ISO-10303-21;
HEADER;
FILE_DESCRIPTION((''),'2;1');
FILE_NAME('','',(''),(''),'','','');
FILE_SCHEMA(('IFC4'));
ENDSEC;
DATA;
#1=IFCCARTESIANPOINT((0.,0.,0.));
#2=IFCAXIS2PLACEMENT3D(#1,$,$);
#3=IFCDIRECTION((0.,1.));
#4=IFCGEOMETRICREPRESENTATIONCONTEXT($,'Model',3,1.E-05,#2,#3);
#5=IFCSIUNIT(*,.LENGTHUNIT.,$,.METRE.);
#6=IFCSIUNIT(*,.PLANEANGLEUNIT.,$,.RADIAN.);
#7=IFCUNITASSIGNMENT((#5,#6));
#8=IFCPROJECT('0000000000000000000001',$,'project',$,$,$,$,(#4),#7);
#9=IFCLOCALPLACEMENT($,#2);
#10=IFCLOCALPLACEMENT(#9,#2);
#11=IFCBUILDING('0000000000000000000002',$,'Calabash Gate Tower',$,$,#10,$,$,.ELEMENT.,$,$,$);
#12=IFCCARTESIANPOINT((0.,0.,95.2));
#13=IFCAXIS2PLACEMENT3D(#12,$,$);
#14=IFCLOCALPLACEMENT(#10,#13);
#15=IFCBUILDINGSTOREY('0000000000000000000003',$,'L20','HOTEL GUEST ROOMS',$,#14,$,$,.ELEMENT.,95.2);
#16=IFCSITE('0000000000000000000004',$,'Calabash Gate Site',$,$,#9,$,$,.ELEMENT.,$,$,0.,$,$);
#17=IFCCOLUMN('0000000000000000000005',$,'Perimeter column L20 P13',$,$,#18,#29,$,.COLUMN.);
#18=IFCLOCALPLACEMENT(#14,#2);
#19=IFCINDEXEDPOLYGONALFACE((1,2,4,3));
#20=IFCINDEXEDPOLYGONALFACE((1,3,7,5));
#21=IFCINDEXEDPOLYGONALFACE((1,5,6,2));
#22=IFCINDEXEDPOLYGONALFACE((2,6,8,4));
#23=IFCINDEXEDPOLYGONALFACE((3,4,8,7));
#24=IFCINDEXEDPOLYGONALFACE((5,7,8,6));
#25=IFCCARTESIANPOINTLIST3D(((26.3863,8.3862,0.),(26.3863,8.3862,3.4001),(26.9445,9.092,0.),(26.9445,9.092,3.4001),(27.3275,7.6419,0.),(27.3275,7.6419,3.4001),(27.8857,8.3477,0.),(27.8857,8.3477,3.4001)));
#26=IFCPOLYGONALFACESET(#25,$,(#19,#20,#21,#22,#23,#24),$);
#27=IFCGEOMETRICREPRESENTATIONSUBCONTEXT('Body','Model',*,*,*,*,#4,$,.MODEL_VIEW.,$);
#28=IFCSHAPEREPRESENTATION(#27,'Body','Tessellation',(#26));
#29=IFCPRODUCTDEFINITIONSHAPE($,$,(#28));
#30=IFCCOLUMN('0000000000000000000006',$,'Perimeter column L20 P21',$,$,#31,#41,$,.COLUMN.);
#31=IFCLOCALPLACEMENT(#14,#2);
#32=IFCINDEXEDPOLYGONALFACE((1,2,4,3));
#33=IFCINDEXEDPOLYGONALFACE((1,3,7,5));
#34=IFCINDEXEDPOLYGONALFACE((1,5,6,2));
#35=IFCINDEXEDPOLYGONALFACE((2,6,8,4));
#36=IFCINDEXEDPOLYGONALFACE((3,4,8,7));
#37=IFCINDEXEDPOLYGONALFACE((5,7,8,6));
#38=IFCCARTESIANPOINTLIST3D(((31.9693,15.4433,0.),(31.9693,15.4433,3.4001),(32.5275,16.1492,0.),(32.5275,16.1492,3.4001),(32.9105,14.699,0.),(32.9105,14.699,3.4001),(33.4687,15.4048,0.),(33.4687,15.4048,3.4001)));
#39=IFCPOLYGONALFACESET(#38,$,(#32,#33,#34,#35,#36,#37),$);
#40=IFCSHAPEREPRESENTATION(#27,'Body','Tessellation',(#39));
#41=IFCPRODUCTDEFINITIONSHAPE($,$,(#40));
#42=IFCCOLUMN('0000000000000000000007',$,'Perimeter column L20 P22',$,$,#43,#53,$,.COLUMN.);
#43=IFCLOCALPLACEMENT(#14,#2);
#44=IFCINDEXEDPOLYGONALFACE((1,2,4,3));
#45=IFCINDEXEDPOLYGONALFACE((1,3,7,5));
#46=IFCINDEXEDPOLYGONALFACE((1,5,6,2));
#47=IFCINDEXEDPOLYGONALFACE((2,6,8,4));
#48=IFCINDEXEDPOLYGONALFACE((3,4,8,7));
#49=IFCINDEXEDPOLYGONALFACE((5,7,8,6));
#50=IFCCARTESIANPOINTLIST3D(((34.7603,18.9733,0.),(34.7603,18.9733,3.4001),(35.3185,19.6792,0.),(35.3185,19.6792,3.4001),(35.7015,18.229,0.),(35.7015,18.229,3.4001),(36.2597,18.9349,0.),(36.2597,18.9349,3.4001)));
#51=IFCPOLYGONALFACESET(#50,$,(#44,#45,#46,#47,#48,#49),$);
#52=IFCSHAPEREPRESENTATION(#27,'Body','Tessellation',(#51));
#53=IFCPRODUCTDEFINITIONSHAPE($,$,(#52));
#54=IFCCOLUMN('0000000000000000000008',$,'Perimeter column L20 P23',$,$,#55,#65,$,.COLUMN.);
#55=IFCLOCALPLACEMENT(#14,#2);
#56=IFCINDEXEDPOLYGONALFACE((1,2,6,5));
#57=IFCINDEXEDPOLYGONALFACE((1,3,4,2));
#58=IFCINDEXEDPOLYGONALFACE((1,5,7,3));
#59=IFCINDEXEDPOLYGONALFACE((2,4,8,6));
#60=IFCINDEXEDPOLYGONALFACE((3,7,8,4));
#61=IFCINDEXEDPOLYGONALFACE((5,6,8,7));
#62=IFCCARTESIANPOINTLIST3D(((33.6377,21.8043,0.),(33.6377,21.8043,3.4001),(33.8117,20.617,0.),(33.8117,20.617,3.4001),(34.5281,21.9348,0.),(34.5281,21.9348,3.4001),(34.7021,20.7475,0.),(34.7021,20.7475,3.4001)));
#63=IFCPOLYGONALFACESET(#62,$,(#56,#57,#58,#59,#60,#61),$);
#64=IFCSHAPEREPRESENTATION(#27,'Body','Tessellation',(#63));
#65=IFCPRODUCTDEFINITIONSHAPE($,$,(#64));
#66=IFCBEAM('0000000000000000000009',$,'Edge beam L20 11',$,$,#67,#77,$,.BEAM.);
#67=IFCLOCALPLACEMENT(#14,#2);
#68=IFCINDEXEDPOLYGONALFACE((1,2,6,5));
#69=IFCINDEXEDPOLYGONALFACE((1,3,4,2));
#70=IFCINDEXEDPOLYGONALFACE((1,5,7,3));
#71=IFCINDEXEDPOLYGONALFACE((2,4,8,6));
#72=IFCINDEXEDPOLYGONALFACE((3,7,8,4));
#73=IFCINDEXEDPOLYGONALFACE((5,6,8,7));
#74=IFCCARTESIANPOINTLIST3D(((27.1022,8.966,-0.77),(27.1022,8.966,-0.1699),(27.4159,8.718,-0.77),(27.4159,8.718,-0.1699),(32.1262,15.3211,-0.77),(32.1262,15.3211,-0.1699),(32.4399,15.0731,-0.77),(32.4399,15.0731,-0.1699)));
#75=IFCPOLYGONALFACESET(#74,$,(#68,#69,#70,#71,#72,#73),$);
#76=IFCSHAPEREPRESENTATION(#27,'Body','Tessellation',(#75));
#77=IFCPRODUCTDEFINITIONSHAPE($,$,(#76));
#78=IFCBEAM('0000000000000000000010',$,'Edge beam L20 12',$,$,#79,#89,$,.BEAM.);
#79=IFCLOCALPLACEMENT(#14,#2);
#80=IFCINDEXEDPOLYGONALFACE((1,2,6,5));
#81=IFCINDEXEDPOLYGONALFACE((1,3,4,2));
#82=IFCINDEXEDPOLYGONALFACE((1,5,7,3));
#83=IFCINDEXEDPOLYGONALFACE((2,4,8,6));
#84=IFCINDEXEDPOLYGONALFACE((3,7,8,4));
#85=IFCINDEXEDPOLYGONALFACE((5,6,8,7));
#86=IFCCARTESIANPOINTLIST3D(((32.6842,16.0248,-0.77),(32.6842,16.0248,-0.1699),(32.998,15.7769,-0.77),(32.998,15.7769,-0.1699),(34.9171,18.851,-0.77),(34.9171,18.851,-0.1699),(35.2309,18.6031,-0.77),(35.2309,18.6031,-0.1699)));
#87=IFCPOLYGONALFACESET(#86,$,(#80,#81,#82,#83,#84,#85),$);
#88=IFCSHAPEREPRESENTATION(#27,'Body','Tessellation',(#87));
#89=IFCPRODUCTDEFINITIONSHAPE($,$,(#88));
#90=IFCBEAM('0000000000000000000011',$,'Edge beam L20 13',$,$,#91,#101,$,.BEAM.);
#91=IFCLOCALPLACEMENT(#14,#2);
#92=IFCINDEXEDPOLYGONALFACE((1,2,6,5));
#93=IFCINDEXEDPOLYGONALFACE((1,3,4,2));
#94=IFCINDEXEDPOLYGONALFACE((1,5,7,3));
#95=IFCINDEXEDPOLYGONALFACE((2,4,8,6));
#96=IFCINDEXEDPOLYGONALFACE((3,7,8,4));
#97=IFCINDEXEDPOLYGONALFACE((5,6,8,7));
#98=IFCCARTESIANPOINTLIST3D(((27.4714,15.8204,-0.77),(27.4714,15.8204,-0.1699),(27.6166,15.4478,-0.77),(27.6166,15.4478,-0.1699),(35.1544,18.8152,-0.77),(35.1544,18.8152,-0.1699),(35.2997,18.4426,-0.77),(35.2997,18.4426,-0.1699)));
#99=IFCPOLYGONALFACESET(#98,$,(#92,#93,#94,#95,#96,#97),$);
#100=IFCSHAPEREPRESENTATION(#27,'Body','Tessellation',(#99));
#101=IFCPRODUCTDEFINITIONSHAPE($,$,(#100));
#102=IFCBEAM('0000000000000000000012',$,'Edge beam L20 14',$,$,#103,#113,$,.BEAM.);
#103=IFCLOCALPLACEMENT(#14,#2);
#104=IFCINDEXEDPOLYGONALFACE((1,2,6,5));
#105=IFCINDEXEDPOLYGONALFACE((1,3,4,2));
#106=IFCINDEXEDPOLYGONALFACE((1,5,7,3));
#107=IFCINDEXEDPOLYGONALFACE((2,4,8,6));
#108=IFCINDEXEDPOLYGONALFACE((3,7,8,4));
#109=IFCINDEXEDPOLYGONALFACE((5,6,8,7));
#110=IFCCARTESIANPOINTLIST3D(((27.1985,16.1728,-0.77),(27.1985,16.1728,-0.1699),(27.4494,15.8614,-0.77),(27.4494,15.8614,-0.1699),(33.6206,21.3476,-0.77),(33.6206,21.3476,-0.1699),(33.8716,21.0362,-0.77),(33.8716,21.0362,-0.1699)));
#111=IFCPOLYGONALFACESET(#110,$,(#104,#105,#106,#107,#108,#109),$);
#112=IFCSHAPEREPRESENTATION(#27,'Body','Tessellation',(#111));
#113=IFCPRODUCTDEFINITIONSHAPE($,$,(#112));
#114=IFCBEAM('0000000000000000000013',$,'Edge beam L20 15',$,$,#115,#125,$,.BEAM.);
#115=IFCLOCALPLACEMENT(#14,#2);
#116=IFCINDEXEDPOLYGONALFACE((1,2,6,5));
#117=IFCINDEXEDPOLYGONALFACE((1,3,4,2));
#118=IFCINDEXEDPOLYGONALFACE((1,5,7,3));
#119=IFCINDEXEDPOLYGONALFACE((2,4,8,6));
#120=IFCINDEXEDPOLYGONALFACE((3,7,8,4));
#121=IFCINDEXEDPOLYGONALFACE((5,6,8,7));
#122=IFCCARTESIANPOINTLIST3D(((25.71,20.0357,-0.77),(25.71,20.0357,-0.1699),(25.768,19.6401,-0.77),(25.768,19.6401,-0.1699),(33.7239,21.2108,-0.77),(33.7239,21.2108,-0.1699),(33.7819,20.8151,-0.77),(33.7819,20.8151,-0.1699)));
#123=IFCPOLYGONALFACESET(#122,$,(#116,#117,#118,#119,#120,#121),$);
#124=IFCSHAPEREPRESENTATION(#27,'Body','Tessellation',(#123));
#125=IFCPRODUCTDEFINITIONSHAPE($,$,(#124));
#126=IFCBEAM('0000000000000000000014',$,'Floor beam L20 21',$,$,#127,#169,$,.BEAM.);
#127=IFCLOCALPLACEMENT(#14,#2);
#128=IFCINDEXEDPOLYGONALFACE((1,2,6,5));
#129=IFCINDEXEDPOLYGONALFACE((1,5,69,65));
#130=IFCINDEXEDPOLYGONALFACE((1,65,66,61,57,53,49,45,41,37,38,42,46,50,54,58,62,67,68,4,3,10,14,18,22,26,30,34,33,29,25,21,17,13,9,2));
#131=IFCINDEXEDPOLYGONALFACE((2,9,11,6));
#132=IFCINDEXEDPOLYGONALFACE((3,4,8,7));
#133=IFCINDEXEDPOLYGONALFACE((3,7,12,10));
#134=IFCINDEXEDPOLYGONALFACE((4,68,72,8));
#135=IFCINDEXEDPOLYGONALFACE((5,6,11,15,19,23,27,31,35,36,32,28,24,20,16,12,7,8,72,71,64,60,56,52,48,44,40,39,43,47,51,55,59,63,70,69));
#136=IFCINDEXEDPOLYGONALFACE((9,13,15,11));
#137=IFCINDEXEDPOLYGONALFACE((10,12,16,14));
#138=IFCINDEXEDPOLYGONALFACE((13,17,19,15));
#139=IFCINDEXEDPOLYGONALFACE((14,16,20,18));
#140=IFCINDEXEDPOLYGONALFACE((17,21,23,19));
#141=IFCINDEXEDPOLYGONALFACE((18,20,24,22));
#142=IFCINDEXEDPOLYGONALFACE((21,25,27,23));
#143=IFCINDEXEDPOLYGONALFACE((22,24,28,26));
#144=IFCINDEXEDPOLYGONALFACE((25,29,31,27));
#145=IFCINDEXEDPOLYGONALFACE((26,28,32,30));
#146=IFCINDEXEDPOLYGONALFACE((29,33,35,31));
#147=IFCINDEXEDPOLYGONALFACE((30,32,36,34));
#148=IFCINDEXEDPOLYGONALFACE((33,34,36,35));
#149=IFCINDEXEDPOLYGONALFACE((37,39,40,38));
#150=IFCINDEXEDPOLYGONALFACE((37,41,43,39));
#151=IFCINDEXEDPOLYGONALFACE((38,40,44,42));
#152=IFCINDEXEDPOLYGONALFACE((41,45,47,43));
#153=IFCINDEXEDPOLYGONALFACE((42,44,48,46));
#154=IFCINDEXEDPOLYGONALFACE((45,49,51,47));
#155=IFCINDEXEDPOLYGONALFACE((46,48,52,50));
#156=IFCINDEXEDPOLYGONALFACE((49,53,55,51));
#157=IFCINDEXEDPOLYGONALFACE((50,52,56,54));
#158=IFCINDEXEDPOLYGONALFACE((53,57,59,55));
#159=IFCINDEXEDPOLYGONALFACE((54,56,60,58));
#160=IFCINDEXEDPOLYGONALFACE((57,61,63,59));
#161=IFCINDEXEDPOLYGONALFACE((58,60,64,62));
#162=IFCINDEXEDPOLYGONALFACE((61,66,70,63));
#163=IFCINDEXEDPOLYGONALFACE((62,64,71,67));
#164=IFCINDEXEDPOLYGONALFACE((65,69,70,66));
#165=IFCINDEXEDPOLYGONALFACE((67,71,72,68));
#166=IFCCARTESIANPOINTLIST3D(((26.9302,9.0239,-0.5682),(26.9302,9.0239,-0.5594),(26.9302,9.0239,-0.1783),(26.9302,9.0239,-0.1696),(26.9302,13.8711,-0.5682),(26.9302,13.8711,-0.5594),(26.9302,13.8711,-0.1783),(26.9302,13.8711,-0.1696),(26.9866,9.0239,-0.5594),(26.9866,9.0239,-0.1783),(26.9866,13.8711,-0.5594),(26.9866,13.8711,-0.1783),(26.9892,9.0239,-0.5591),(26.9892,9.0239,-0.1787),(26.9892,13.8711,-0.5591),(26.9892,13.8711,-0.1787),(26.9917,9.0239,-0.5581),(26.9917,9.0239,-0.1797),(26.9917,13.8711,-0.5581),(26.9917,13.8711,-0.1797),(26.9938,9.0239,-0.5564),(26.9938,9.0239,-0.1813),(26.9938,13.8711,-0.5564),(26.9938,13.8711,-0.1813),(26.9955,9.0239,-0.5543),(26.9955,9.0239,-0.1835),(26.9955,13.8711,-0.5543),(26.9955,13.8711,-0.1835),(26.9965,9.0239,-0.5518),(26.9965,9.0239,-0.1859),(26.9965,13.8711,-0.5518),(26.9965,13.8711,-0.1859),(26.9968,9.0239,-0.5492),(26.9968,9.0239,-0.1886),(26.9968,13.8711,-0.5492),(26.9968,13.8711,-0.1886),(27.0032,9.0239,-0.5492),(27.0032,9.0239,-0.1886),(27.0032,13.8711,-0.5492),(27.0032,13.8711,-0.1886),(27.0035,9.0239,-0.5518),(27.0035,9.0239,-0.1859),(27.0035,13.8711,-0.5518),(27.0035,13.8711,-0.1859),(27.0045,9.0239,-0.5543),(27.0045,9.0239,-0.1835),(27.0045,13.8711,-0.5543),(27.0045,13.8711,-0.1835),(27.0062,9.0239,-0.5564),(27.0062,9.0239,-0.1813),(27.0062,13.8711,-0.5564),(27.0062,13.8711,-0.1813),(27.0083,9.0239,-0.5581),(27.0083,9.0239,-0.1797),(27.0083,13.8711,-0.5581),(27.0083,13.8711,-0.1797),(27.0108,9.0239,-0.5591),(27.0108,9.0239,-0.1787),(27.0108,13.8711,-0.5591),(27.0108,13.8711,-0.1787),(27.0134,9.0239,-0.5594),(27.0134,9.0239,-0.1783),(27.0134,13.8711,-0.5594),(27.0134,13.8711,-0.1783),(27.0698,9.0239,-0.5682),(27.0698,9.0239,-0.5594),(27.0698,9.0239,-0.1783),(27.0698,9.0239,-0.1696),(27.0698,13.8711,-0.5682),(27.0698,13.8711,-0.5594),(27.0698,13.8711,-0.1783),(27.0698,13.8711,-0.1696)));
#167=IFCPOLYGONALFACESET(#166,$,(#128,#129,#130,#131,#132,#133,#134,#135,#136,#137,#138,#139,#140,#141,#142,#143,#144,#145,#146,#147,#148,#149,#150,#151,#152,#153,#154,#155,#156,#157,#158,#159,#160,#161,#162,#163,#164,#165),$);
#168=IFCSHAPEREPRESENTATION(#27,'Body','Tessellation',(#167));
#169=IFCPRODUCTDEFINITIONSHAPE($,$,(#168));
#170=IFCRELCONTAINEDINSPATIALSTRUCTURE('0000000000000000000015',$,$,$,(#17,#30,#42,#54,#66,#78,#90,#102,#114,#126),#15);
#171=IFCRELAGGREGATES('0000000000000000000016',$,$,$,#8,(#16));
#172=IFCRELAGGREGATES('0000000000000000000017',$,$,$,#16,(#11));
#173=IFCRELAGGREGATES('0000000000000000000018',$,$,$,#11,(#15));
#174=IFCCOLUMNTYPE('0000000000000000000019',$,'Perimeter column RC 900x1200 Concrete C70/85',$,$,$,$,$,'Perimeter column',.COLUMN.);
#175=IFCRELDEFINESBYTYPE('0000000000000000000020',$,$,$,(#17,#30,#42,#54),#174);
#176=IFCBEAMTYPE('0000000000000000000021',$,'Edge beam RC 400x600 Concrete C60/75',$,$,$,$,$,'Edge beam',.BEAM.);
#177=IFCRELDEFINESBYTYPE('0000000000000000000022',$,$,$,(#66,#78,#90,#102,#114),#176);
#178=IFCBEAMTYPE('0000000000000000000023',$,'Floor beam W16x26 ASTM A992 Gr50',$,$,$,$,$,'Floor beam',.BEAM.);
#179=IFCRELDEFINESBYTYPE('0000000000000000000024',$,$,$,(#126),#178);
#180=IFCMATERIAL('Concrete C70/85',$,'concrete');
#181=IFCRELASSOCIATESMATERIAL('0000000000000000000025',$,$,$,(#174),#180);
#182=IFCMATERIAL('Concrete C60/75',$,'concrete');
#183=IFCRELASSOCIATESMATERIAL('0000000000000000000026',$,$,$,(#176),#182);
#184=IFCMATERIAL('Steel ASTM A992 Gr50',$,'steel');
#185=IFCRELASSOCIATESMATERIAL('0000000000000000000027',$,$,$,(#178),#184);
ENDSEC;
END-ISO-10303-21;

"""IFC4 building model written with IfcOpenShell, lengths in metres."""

from ifc_helpers import new_model, si_unit, direction, frame, origin, origin_2d, place, context, subcontext, project, spatial, rectangle, i_section, extrude, material, material_profile, profile_set, type_object, element, save


model = new_model("IFC4")

# Units and contexts
model_context = context("Model", 3, precision=1e-05, world=origin(), true_north=direction((0.0, 1.0)))
body_context = subcontext(model_context, "Body", "Model", "MODEL_VIEW")
ifc_project = project(units=[si_unit("LENGTHUNIT", "METRE"), si_unit("PLANEANGLEUNIT", "RADIAN")], contexts=[model_context])

# Site, building, storey
site_placement = place(None, origin())
site = spatial("IfcSite", under=ifc_project, at=site_placement, Name="Calabash Gate Site", CompositionType="ELEMENT", RefElevation=0.0)
building_placement = place(site_placement, origin())
building = spatial("IfcBuilding", under=site, at=building_placement, Name="Calabash Gate Tower", CompositionType="ELEMENT")
storey_placement = place(building_placement, frame((0.0, 0.0, 95.2)))
storey = spatial("IfcBuildingStorey", under=building, at=storey_placement, Name="L20", Description="HOTEL GUEST ROOMS", CompositionType="ELEMENT", Elevation=95.2)

# Columns
ifc_material_1 = material(Name="Concrete C70/85", Category="concrete")
ifc_material_profile_1 = material_profile(ifc_material_1, rectangle(XDim=0.8999, YDim=1.2, at=origin_2d()))
ifc_profile_set_1 = profile_set([ifc_material_profile_1], Name="Concrete C70/85")
column_type = type_object("IfcColumnType", Name="Perimeter column RC 900x1200 Concrete C70/85", ElementType="Perimeter column", PredefinedType="COLUMN", material=ifc_profile_set_1)
for number, where, z_axis, x_axis, name in (
    (1, (27.136, 8.3669, 0.0), (0.0, 0.0, 1.0), (0.620301, 0.784364, 0.0), "Perimeter column L20 P13"),
    (2, (32.719, 15.4241, 0.0), (0.0, 0.0, 1.0), (0.620301, 0.784364, 0.0), "Perimeter column L20 P21"),
    (3, (35.51, 18.9541, 0.0), (0.0, 0.0, 1.0), (0.620301, 0.784364, 0.0), "Perimeter column L20 P22"),
    (4, (34.1699, 21.2759, 0.0), (0.0, 0.0, 1.0), (-0.98943, -0.145015, 0.0), "Perimeter column L20 P23"),
):
    element("IfcColumn", number, at=place(storey_placement, frame(where, z_axis=z_axis, x_axis=x_axis)), inside=storey, type_object=column_type, Name=name, PredefinedType="COLUMN", context=body_context, shape_type="SweptSolid", body=[
        extrude(rectangle(XDim=0.8999, YDim=1.2, at=origin_2d()), origin(), (0.0, 0.0, 1.0), 3.4001),
    ])

# Beams
ifc_material_2 = material(Name="Concrete C60/75", Category="concrete")
ifc_material_profile_2 = material_profile(ifc_material_2, rectangle(XDim=0.3999, YDim=0.6001, at=origin_2d()))
ifc_profile_set_2 = profile_set([ifc_material_profile_2], Name="Concrete C60/75")
beam_type_1 = type_object("IfcBeamType", Name="Edge beam RC 400x600 Concrete C60/75", ElementType="Edge beam", PredefinedType="BEAM", material=ifc_profile_set_2)
beam_1_placement = place(storey_placement, frame((27.259, 8.842, -0.47), z_axis=(0.620164, 0.784472, 0.0), x_axis=(-0.784472, 0.620164, 0.0)))
element("IfcBeam", 5, at=beam_1_placement, inside=storey, type_object=beam_type_1, Name="Edge beam L20 11", PredefinedType="BEAM", context=body_context, shape_type="SweptSolid", body=[
    extrude(rectangle(XDim=0.3999, YDim=0.6001, at=origin_2d()), origin(), (0.0, 0.0, 1.0), 8.1011),
])
beam_2_placement = place(storey_placement, frame((32.8411, 15.9009, -0.47), z_axis=(0.619939, 0.78465, 0.0), x_axis=(-0.78465, 0.619939, 0.0)))
element("IfcBeam", 6, at=beam_2_placement, inside=storey, type_object=beam_type_1, Name="Edge beam L20 12", PredefinedType="BEAM", context=body_context, shape_type="SweptSolid", body=[
    extrude(rectangle(XDim=0.3999, YDim=0.6001, at=origin_2d()), origin(), (0.0, 0.0, 1.0), 3.6018),
])
beam_3_placement = place(storey_placement, frame((35.2271, 18.6289, -0.47), z_axis=(-0.931718, -0.363183, 0.0), x_axis=(0.363183, -0.931718, 0.0)))
element("IfcBeam", 7, at=beam_3_placement, inside=storey, type_object=beam_type_1, Name="Edge beam L20 13", PredefinedType="BEAM", context=body_context, shape_type="SweptSolid", body=[
    extrude(rectangle(XDim=0.3999, YDim=0.6001, at=origin_2d()), origin(), (0.0, 0.0, 1.0), 8.2461),
])
beam_4_placement = place(storey_placement, frame((27.324, 16.0171, -0.47), z_axis=(0.778669, 0.627435, 0.0), x_axis=(-0.627435, 0.778669, 0.0)))
element("IfcBeam", 8, at=beam_4_placement, inside=storey, type_object=beam_type_1, Name="Edge beam L20 14", PredefinedType="BEAM", context=body_context, shape_type="SweptSolid", body=[
    extrude(rectangle(XDim=0.3999, YDim=0.6001, at=origin_2d()), origin(), (0.0, 0.0, 1.0), 8.2476),
])
beam_5_placement = place(storey_placement, frame((33.7529, 21.0129, -0.47), z_axis=(-0.989421, -0.145075, 0.0), x_axis=(0.145075, -0.989421, 0.0)))
element("IfcBeam", 9, at=beam_5_placement, inside=storey, type_object=beam_type_1, Name="Edge beam L20 15", PredefinedType="BEAM", context=body_context, shape_type="SweptSolid", body=[
    extrude(rectangle(XDim=0.3999, YDim=0.6001, at=origin_2d()), origin(), (0.0, 0.0, 1.0), 8.0996),
])
ifc_material_3 = material(Name="Steel ASTM A992 Gr50", Category="steel")
ifc_material_profile_3 = material_profile(ifc_material_3, i_section(OverallWidth=0.1396, OverallDepth=0.3987, WebThickness=0.0063, FlangeThickness=0.0088, FilletRadius=0.0103, at=origin_2d()))
ifc_profile_set_3 = profile_set([ifc_material_profile_3], Name="Steel ASTM A992 Gr50")
beam_type_2 = type_object("IfcBeamType", Name="Floor beam W16x26 ASTM A992 Gr50", ElementType="Floor beam", PredefinedType="BEAM", material=ifc_profile_set_3)
beam_6_placement = place(storey_placement, frame((27.0, 9.0239, -0.3689), z_axis=(0.0, 1.0, 0.0), x_axis=(-1.0, 0.0, 0.0)))
element("IfcBeam", 10, at=beam_6_placement, inside=storey, type_object=beam_type_2, Name="Floor beam L20 21", PredefinedType="BEAM", context=body_context, shape_type="SweptSolid", body=[
    extrude(i_section(OverallWidth=0.1396, OverallDepth=0.3987, WebThickness=0.0063, FlangeThickness=0.0088, FilletRadius=0.0103, at=origin_2d()), origin(), (0.0, 0.0, 1.0), 4.8472),
])

save(model, "model.ifc")
